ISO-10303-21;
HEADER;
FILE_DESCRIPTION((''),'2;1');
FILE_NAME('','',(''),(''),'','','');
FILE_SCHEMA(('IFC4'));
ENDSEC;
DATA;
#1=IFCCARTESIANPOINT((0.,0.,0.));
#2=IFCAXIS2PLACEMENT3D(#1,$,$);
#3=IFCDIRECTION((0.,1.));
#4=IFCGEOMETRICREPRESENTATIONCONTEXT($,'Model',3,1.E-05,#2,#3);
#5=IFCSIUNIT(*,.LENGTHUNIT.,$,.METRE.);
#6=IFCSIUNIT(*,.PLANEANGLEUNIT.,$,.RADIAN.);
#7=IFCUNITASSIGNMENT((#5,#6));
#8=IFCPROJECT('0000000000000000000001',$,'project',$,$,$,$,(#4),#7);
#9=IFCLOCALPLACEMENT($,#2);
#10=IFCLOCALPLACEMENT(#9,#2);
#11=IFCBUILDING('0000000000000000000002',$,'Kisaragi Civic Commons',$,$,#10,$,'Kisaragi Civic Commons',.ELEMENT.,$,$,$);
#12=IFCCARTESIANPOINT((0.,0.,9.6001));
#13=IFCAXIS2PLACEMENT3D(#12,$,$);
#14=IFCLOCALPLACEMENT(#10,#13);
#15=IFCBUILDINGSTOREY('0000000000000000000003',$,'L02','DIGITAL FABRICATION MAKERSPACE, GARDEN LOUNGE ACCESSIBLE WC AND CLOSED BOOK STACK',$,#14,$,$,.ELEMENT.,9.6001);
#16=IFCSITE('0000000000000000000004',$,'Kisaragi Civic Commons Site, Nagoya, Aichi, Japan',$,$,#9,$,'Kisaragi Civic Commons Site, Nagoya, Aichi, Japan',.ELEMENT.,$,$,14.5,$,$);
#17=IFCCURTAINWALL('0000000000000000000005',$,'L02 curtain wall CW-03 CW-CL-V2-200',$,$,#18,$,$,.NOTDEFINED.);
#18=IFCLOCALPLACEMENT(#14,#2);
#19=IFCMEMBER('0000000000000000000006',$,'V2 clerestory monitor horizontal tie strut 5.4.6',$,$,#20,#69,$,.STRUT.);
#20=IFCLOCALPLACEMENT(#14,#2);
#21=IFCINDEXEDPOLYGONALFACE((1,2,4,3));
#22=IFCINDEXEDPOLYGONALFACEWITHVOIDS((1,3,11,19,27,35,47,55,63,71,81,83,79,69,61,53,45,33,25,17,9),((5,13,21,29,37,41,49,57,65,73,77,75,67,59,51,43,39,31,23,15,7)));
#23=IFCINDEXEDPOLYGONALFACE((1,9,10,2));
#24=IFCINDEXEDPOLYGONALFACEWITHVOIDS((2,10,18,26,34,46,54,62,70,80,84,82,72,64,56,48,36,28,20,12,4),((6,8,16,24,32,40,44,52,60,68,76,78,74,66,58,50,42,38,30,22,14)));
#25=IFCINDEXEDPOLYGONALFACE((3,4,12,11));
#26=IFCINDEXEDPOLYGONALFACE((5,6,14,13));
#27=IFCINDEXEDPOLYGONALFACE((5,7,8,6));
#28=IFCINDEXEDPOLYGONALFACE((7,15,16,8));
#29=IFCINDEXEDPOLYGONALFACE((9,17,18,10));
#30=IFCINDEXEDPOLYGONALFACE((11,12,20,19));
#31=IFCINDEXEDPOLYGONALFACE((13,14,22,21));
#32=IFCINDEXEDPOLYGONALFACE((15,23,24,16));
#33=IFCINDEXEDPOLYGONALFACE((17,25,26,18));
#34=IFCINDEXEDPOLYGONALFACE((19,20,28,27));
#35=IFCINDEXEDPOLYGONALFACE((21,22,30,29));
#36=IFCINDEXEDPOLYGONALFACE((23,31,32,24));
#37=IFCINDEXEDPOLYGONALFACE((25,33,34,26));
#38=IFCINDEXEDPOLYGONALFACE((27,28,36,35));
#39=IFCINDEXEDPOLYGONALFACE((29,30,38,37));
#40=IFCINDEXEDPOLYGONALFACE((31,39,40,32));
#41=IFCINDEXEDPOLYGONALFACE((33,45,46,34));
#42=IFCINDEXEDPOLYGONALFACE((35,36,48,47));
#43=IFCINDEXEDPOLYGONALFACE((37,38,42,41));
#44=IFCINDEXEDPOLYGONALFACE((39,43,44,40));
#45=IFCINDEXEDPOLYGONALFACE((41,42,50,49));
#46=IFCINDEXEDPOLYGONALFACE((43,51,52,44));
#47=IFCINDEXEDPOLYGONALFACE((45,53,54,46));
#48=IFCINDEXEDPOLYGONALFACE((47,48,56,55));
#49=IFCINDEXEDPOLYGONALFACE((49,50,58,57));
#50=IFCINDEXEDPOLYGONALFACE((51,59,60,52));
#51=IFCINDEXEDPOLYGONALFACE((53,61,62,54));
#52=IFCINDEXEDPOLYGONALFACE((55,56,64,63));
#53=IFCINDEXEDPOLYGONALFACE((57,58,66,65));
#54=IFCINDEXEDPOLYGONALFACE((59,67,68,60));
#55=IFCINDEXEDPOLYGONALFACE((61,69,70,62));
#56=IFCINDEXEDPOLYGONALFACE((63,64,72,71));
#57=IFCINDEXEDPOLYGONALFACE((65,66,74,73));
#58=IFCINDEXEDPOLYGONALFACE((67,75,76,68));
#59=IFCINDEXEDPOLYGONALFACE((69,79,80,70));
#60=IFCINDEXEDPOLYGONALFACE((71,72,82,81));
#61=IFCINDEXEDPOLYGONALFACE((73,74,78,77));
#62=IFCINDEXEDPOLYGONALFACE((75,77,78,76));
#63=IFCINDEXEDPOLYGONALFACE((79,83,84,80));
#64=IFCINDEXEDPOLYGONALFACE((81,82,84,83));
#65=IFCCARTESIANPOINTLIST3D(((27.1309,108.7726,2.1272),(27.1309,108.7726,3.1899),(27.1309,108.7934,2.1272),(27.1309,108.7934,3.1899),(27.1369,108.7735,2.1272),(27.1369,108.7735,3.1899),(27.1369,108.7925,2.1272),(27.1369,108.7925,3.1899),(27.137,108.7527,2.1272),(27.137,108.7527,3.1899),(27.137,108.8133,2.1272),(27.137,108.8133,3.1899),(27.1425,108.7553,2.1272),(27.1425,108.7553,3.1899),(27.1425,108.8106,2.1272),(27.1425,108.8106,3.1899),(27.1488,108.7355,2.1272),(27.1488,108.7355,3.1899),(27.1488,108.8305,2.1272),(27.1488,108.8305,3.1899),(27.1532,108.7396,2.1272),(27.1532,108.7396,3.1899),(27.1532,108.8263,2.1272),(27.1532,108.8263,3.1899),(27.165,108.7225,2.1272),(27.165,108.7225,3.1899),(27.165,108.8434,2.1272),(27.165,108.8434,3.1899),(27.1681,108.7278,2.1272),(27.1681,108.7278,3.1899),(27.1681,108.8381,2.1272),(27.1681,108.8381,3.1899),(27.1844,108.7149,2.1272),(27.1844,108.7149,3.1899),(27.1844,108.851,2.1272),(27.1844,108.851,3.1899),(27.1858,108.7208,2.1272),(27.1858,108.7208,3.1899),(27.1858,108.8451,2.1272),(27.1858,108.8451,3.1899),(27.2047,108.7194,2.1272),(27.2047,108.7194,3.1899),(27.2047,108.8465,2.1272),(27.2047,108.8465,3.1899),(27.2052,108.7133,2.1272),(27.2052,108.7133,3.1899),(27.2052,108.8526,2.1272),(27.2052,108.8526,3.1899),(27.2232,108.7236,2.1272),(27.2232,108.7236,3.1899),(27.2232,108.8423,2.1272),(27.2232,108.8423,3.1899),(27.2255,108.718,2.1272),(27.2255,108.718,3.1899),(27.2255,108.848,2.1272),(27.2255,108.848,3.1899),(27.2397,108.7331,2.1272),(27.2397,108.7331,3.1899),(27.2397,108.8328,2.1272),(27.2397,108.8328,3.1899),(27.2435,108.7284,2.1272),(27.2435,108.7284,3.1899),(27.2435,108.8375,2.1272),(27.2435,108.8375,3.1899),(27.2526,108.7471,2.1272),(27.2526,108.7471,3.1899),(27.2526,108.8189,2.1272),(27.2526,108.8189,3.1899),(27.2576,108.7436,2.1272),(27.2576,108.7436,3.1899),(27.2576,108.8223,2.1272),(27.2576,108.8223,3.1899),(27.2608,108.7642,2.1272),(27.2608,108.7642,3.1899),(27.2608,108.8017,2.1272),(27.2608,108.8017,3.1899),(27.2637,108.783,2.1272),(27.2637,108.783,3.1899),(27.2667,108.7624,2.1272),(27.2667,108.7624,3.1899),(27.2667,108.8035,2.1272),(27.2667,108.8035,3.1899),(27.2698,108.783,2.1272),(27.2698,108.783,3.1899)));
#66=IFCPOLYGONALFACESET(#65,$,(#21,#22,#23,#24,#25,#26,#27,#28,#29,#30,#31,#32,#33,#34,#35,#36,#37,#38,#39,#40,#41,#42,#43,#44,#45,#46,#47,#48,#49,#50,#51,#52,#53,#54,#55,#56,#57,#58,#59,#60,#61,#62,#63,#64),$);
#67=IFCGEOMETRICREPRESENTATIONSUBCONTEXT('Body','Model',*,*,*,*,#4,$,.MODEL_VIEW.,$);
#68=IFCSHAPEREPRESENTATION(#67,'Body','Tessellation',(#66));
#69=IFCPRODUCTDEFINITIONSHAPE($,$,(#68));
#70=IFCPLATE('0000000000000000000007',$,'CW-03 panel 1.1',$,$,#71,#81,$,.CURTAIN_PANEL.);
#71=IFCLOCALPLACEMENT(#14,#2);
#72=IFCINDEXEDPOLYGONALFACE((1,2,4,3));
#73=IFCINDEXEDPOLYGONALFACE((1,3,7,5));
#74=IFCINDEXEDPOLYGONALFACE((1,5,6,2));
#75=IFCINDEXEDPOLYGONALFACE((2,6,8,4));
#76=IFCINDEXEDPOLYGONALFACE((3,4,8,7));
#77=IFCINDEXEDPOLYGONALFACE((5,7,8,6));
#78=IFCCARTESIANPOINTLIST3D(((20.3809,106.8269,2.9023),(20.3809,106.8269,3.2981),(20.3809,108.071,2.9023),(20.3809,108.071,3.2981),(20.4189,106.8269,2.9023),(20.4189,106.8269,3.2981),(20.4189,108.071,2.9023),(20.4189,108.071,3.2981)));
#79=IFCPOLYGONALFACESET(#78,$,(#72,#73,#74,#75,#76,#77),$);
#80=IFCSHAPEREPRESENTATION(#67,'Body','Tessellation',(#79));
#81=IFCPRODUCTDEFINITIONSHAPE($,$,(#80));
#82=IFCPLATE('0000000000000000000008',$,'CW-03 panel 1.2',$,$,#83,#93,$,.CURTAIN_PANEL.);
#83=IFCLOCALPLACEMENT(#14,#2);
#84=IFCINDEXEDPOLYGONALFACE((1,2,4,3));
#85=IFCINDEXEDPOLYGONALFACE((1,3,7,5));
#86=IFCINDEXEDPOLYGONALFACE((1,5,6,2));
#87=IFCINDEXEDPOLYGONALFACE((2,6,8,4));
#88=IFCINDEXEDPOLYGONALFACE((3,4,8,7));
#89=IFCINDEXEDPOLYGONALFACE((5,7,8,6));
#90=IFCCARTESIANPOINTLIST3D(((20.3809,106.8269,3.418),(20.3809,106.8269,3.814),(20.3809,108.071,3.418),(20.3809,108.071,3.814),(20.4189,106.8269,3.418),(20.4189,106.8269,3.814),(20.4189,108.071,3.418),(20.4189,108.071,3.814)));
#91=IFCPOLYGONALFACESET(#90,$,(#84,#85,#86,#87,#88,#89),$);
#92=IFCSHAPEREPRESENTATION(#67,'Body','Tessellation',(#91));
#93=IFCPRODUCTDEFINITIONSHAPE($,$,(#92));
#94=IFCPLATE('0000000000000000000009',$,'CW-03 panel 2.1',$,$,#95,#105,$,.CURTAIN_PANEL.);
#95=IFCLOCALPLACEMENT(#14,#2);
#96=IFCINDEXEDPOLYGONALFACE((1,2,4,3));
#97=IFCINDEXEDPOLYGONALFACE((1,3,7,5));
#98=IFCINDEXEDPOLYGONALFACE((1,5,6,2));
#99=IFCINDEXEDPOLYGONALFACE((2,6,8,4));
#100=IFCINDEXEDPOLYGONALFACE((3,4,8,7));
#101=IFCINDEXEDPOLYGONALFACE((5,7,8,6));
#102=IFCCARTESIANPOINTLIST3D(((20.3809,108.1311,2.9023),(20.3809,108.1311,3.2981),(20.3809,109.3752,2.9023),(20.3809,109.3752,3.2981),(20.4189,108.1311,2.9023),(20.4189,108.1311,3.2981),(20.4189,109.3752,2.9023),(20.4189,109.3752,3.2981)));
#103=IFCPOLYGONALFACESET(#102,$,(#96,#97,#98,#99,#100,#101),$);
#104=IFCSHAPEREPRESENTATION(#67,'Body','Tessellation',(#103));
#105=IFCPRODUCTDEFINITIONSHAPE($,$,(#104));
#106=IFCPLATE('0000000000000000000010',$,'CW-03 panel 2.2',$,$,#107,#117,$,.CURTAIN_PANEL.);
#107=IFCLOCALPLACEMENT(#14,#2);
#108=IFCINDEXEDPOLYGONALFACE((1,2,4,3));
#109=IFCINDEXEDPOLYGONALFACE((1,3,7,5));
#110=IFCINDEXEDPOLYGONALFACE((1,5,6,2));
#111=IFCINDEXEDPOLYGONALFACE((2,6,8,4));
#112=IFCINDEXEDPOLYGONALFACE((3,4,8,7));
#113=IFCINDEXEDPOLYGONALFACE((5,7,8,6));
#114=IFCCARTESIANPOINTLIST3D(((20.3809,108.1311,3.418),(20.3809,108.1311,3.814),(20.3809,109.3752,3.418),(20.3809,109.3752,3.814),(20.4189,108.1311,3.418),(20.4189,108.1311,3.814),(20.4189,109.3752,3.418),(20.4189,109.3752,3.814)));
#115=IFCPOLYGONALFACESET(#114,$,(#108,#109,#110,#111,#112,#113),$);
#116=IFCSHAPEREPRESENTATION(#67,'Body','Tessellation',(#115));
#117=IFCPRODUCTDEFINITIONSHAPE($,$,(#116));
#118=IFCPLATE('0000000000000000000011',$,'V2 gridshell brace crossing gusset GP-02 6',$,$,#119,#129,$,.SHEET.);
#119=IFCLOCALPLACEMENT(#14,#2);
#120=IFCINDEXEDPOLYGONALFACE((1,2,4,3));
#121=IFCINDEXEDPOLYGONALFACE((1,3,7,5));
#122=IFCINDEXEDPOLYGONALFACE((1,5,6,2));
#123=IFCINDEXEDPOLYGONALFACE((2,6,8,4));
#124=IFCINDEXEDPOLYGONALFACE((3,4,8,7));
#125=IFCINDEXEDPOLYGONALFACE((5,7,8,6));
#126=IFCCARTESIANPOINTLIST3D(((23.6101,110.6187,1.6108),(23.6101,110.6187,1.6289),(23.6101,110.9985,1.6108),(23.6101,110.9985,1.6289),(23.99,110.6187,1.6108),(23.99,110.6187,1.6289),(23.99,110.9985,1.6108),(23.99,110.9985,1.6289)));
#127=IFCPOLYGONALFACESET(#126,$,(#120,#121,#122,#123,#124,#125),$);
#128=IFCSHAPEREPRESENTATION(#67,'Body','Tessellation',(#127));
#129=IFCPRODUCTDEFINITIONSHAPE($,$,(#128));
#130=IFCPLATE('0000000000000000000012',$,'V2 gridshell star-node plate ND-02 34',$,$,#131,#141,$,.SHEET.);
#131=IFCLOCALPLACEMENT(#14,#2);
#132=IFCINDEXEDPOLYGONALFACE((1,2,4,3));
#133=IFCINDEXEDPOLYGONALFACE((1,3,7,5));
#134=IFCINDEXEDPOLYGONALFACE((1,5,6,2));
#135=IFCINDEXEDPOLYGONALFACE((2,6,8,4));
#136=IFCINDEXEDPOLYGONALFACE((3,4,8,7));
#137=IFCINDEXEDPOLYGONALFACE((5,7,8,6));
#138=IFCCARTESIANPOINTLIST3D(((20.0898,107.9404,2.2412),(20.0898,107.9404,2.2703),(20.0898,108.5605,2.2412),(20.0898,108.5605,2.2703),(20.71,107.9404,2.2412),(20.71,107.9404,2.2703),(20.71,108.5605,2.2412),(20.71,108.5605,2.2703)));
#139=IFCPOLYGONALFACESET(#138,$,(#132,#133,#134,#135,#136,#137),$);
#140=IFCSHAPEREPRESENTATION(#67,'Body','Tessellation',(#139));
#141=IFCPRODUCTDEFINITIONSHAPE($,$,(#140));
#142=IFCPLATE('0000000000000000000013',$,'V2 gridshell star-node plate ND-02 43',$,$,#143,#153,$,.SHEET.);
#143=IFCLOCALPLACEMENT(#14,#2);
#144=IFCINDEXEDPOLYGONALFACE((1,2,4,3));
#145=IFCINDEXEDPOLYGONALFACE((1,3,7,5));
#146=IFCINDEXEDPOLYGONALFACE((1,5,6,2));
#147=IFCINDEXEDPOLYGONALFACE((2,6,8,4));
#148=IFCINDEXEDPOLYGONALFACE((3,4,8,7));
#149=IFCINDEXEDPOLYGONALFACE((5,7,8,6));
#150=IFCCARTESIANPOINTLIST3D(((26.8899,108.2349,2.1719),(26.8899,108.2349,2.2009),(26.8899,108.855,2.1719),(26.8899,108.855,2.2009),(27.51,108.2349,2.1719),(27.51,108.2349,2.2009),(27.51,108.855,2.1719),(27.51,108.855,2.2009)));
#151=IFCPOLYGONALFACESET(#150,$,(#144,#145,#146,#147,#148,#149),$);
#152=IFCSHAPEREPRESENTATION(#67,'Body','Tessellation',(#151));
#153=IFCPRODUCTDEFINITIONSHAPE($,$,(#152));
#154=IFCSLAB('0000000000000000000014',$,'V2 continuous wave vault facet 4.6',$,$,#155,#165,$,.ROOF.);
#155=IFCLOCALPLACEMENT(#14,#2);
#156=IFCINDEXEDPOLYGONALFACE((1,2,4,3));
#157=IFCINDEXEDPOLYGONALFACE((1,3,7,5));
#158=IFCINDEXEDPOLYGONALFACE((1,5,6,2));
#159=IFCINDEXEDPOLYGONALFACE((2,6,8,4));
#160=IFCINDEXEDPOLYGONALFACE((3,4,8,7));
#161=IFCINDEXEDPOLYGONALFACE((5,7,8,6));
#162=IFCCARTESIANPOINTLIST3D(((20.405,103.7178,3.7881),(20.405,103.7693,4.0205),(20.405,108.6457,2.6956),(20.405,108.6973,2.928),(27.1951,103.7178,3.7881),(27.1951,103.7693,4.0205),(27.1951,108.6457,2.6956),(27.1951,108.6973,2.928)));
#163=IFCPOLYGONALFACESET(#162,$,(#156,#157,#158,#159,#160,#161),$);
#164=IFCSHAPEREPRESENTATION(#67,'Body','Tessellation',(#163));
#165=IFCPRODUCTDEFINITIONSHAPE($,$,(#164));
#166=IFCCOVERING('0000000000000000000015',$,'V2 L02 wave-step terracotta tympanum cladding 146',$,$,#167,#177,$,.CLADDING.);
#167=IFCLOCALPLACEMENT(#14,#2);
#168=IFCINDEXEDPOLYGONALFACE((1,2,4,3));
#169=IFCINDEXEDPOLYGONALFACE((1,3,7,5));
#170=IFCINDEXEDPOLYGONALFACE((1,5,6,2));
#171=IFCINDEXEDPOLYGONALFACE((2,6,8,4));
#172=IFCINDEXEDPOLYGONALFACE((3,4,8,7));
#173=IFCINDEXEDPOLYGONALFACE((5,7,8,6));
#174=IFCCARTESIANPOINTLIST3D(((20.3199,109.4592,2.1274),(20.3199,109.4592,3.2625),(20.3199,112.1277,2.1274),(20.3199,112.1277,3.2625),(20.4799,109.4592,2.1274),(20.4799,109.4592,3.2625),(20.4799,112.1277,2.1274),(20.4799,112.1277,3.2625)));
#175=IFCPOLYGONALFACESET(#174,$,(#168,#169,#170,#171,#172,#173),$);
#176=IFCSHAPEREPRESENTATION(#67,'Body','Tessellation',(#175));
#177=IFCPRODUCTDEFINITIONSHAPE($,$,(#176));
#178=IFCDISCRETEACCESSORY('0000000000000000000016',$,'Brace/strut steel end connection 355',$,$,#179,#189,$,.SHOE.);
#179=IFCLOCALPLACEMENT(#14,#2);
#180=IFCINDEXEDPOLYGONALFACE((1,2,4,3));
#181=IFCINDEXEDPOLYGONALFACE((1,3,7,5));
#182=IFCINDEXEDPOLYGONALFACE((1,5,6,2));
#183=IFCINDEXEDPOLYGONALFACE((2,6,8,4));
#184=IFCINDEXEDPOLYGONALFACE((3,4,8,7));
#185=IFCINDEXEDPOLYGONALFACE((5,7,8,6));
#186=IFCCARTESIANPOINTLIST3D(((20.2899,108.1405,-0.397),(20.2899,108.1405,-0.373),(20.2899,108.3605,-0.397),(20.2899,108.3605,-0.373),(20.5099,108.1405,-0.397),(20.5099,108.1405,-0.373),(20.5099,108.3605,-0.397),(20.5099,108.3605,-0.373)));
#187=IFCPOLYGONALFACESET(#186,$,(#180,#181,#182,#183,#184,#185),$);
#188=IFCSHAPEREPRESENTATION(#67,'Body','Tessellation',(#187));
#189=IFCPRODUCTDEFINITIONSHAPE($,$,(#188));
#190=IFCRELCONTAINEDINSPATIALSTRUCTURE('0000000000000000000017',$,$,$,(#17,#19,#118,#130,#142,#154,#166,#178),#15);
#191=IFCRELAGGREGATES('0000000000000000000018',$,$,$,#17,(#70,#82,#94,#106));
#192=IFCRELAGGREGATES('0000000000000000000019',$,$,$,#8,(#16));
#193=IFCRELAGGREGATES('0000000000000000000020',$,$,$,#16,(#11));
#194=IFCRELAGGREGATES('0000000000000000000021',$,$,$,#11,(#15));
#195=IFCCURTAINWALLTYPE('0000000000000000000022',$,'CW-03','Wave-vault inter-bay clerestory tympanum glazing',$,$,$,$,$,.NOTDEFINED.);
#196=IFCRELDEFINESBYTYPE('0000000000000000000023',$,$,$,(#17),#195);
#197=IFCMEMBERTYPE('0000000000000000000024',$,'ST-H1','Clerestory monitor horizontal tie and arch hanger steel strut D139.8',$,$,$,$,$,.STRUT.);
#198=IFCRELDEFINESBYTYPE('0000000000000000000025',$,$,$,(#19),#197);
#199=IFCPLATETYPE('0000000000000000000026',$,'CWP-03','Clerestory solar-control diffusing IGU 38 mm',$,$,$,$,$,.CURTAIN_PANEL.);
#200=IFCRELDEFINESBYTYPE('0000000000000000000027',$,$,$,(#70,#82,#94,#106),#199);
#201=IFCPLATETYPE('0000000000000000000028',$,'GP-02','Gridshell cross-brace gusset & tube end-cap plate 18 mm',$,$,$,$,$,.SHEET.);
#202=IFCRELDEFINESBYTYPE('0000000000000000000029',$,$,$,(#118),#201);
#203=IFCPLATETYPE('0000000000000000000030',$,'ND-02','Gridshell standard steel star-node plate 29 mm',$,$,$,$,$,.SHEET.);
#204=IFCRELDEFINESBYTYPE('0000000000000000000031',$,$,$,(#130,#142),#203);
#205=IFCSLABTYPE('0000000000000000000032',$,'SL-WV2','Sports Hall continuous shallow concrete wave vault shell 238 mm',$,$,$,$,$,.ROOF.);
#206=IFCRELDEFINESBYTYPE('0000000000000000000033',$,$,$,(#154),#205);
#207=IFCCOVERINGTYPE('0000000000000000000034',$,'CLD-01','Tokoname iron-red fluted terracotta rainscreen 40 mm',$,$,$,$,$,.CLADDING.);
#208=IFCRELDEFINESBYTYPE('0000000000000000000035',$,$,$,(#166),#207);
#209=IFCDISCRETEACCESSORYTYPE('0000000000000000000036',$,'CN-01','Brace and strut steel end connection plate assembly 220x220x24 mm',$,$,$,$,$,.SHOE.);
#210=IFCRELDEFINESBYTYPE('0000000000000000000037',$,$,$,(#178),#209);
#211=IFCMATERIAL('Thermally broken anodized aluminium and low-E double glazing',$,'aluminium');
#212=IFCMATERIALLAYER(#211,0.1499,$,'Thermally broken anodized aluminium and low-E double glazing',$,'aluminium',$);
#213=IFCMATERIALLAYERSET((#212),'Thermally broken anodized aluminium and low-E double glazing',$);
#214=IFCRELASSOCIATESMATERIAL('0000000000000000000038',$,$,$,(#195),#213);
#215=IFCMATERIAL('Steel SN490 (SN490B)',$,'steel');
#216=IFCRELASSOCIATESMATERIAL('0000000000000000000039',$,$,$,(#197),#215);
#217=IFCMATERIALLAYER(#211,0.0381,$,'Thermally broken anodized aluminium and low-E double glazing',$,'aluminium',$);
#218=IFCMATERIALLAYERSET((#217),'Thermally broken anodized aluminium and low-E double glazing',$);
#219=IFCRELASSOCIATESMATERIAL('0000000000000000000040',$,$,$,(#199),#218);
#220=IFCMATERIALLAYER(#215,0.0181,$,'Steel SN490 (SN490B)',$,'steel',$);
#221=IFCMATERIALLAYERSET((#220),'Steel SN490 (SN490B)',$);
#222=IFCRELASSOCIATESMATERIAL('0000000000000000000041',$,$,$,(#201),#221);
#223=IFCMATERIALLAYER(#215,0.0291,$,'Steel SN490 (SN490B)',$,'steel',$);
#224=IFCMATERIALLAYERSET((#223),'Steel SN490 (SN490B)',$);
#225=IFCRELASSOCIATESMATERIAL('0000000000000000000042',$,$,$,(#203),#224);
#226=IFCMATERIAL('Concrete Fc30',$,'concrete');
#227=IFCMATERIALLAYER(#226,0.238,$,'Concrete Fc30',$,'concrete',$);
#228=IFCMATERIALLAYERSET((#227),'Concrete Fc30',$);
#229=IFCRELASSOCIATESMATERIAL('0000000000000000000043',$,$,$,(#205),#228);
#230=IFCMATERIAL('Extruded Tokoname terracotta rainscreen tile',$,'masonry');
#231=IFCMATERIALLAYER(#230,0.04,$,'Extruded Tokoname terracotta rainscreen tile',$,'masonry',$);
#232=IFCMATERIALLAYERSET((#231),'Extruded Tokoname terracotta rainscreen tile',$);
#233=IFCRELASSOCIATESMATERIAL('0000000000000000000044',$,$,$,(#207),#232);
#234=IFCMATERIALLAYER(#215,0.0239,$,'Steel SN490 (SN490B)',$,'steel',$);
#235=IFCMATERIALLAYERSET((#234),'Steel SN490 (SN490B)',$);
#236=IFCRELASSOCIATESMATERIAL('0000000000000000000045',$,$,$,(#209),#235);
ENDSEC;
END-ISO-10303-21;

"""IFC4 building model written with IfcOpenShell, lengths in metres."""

from ifc_helpers import new_model, si_unit, direction, frame, origin, origin_2d, place, context, subcontext, project, spatial, polyline, rectangle, hollow_circle, outline, extrude, material, layer, layer_set, material_profile, profile_set, type_object, element, aggregate, save


model = new_model("IFC4")

# Units and contexts
model_context = context("Model", 3, precision=1e-05, world=origin(), true_north=direction((0.0, 1.0)))
body_context = subcontext(model_context, "Body", "Model", "MODEL_VIEW")
ifc_project = project(units=[si_unit("LENGTHUNIT", "METRE"), si_unit("PLANEANGLEUNIT", "RADIAN")], contexts=[model_context])

# Site, building, storey
site_placement = place(None, origin())
site = spatial("IfcSite", under=ifc_project, at=site_placement, Name="Kisaragi Civic Commons Site, Nagoya, Aichi, Japan", LongName="Kisaragi Civic Commons Site, Nagoya, Aichi, Japan", CompositionType="ELEMENT", RefElevation=14.5)
building_placement = place(site_placement, origin())
building = spatial("IfcBuilding", under=site, at=building_placement, Name="Kisaragi Civic Commons", LongName="Kisaragi Civic Commons", CompositionType="ELEMENT")
storey_placement = place(building_placement, frame((0.0, 0.0, 9.6001)))
storey = spatial("IfcBuildingStorey", under=building, at=storey_placement, Name="L02", Description="DIGITAL FABRICATION MAKERSPACE, GARDEN LOUNGE ACCESSIBLE WC AND CLOSED BOOK STACK", CompositionType="ELEMENT", Elevation=9.6001)

# Curtain wall
ifc_material_1 = material(Name="Thermally broken anodized aluminium and low-E double glazing", Category="aluminium")
ifc_layer_1 = layer(ifc_material_1, 0.1499, Name="Thermally broken anodized aluminium and low-E double glazing", Category="aluminium")
ifc_layer_set_1 = layer_set([ifc_layer_1], Name="Thermally broken anodized aluminium and low-E double glazing")
curtain_wall_type = type_object("IfcCurtainWallType", Name="CW-03", Description="Wave-vault inter-bay clerestory tympanum glazing", PredefinedType="NOTDEFINED", material=ifc_layer_set_1)
curtain_wall_placement = place(storey_placement, origin())
curtain_wall = element("IfcCurtainWall", 1, at=curtain_wall_placement, inside=storey, type_object=curtain_wall_type, Name="L02 curtain wall CW-03 CW-CL-V2-200", PredefinedType="NOTDEFINED")

# Member
ifc_material_2 = material(Name="Steel SN490 (SN490B)", Category="steel")
ifc_material_profile_1 = material_profile(ifc_material_2, hollow_circle(Radius=0.0698, WallThickness=0.0061, at=origin_2d()), Name="CHS-139.8x6.0", Category="steel")
ifc_profile_set_1 = profile_set([ifc_material_profile_1], Name="Steel SN490 (SN490B)")
member_type_1 = type_object("IfcMemberType", Name="ST-H1", Description="Clerestory monitor horizontal tie and arch hanger steel strut D139.8", PredefinedType="STRUT", material=ifc_profile_set_1)
member_1_placement = place(storey_placement, frame((27.2, 108.783, 2.1272), z_axis=(0.0, 0.0, 1.0), x_axis=(1.0, 0.0, 0.0)))
element("IfcMember", 2, at=member_1_placement, inside=storey, type_object=member_type_1, Name="V2 clerestory monitor horizontal tie strut 5.4.6", PredefinedType="STRUT", context=body_context, shape_type="SweptSolid", body=[
    extrude(hollow_circle(Radius=0.0698, WallThickness=0.0061, at=origin_2d()), origin(), (0.0, 0.0, 1.0), 1.0627),
])

# Plates
ifc_layer_2 = layer(ifc_material_1, 0.0381, Name="Thermally broken anodized aluminium and low-E double glazing", Category="aluminium")
ifc_layer_set_2 = layer_set([ifc_layer_2], Name="Thermally broken anodized aluminium and low-E double glazing")
plate_type_1 = type_object("IfcPlateType", Name="CWP-03", Description="Clerestory solar-control diffusing IGU 38 mm", PredefinedType="CURTAIN_PANEL", material=ifc_layer_set_2)
plate_1_placement = place(storey_placement, frame((20.3999, 107.449, 2.9023), z_axis=(0.0, 0.0, 1.0), x_axis=(0.0, 1.0, 0.0)))
plate_1 = element("IfcPlate", 3, at=plate_1_placement, type_object=plate_type_1, Name="CW-03 panel 1.1", PredefinedType="CURTAIN_PANEL", context=body_context, shape_type="SweptSolid", body=[
    extrude(rectangle(XDim=1.2441, YDim=0.0381, at=origin_2d()), origin(), (0.0, 0.0, 1.0), 0.3958),
])
plate_2_placement = place(storey_placement, frame((20.3999, 107.449, 3.418), z_axis=(0.0, 0.0, 1.0), x_axis=(0.0, 1.0, 0.0)))
plate_2 = element("IfcPlate", 4, at=plate_2_placement, type_object=plate_type_1, Name="CW-03 panel 1.2", PredefinedType="CURTAIN_PANEL", context=body_context, shape_type="SweptSolid", body=[
    extrude(rectangle(XDim=1.2441, YDim=0.0381, at=origin_2d()), origin(), (0.0, 0.0, 1.0), 0.396),
])
plate_3_placement = place(storey_placement, frame((20.3999, 108.7532, 2.9023), z_axis=(0.0, 0.0, 1.0), x_axis=(0.0, 1.0, 0.0)))
plate_3 = element("IfcPlate", 5, at=plate_3_placement, type_object=plate_type_1, Name="CW-03 panel 2.1", PredefinedType="CURTAIN_PANEL", context=body_context, shape_type="SweptSolid", body=[
    extrude(rectangle(XDim=1.2441, YDim=0.0381, at=origin_2d()), origin(), (0.0, 0.0, 1.0), 0.3958),
])
plate_4_placement = place(storey_placement, frame((20.3999, 108.7532, 3.418), z_axis=(0.0, 0.0, 1.0), x_axis=(0.0, 1.0, 0.0)))
plate_4 = element("IfcPlate", 6, at=plate_4_placement, type_object=plate_type_1, Name="CW-03 panel 2.2", PredefinedType="CURTAIN_PANEL", context=body_context, shape_type="SweptSolid", body=[
    extrude(rectangle(XDim=1.2441, YDim=0.0381, at=origin_2d()), origin(), (0.0, 0.0, 1.0), 0.396),
])
aggregate(curtain_wall, [plate_1, plate_2, plate_3, plate_4])

# Plates
ifc_layer_3 = layer(ifc_material_2, 0.0181, Name="Steel SN490 (SN490B)", Category="steel")
ifc_layer_set_3 = layer_set([ifc_layer_3], Name="Steel SN490 (SN490B)")
plate_type_2 = type_object("IfcPlateType", Name="GP-02", Description="Gridshell cross-brace gusset & tube end-cap plate 18 mm", PredefinedType="SHEET", material=ifc_layer_set_3)
plate_5_placement = place(storey_placement, frame((23.8, 110.8086, 1.6108), z_axis=(0.0, 0.0, 1.0), x_axis=(1.0, 0.0, 0.0)))
element("IfcPlate", 7, at=plate_5_placement, inside=storey, type_object=plate_type_2, Name="V2 gridshell brace crossing gusset GP-02 6", PredefinedType="SHEET", context=body_context, shape_type="SweptSolid", body=[
    extrude(rectangle(XDim=0.3799, YDim=0.3799, at=origin_2d()), origin(), (0.0, 0.0, 1.0), 0.0181),
])
ifc_layer_4 = layer(ifc_material_2, 0.0291, Name="Steel SN490 (SN490B)", Category="steel")
ifc_layer_set_4 = layer_set([ifc_layer_4], Name="Steel SN490 (SN490B)")
plate_type_3 = type_object("IfcPlateType", Name="ND-02", Description="Gridshell standard steel star-node plate 29 mm", PredefinedType="SHEET", material=ifc_layer_set_4)
for number, where, z_axis, x_axis, name in (
    (8, (20.3999, 108.2505, 2.2412), (0.0, 0.0, 1.0), (1.0, 0.0, 0.0), "V2 gridshell star-node plate ND-02 34"),
    (9, (27.2, 108.5449, 2.1719), (0.0, 0.0, 1.0), (1.0, 0.0, 0.0), "V2 gridshell star-node plate ND-02 43"),
):
    element("IfcPlate", number, at=place(storey_placement, frame(where, z_axis=z_axis, x_axis=x_axis)), inside=storey, type_object=plate_type_3, Name=name, PredefinedType="SHEET", context=body_context, shape_type="SweptSolid", body=[
        extrude(rectangle(XDim=0.6201, YDim=0.6201, at=origin_2d()), origin(), (0.0, 0.0, 1.0), 0.0291),
    ])

# Slab
ifc_material_3 = material(Name="Concrete Fc30", Category="concrete")
ifc_layer_5 = layer(ifc_material_3, 0.238, Name="Concrete Fc30", Category="concrete")
ifc_layer_set_5 = layer_set([ifc_layer_5], Name="Concrete Fc30")
slab_type = type_object("IfcSlabType", Name="SL-WV2", Description="Sports Hall continuous shallow concrete wave vault shell 238 mm", PredefinedType="ROOF", material=ifc_layer_set_5)
slab_placement = place(storey_placement, frame((27.1951, 108.6973, 2.928), z_axis=(0.0, 0.216444, 0.976295), x_axis=(-1.0, 0.0, 0.0)))
element("IfcSlab", 10, at=slab_placement, inside=storey, type_object=slab_type, Name="V2 continuous wave vault facet 4.6", PredefinedType="ROOF", context=body_context, shape_type="SweptSolid", body=[
    extrude(outline(polyline([(0.0, 0.0), (6.79, 0.0), (6.79, 5.0476), (0.0, 5.0476), (0.0, 0.0)])), origin(), (0.0, 0.0, -1.0), 0.238),
])

# Covering
ifc_material_4 = material(Name="Extruded Tokoname terracotta rainscreen tile", Category="masonry")
ifc_layer_6 = layer(ifc_material_4, 0.04, Name="Extruded Tokoname terracotta rainscreen tile", Category="masonry")
ifc_layer_set_6 = layer_set([ifc_layer_6], Name="Extruded Tokoname terracotta rainscreen tile")
covering_type = type_object("IfcCoveringType", Name="CLD-01", Description="Tokoname iron-red fluted terracotta rainscreen 40 mm", PredefinedType="CLADDING", material=ifc_layer_set_6)
covering_placement = place(storey_placement, frame((20.3999, 110.7935, 2.1274), z_axis=(0.0, 0.0, 1.0), x_axis=(0.0, 1.0, 0.0)))
element("IfcCovering", 11, at=covering_placement, inside=storey, type_object=covering_type, Name="V2 L02 wave-step terracotta tympanum cladding 146", PredefinedType="CLADDING", context=body_context, shape_type="SweptSolid", body=[
    extrude(rectangle(XDim=2.6685, YDim=0.1599, at=origin_2d()), origin(), (0.0, 0.0, 1.0), 1.135),
])

# Discrete accessory
ifc_layer_7 = layer(ifc_material_2, 0.0239, Name="Steel SN490 (SN490B)", Category="steel")
ifc_layer_set_7 = layer_set([ifc_layer_7], Name="Steel SN490 (SN490B)")
discrete_accessory_type = type_object("IfcDiscreteAccessoryType", Name="CN-01", Description="Brace and strut steel end connection plate assembly 220x220x24 mm", PredefinedType="SHOE", material=ifc_layer_set_7)
for number, where, z_axis, x_axis, name in (
    (12, (20.3999, 108.2505, -0.397), (0.0, 0.0, 1.0), (1.0, 0.0, 0.0), "Brace/strut steel end connection 355"),
):
    element("IfcDiscreteAccessory", number, at=place(storey_placement, frame(where, z_axis=z_axis, x_axis=x_axis)), inside=storey, type_object=discrete_accessory_type, Name=name, PredefinedType="SHOE", context=body_context, shape_type="SweptSolid", body=[
        extrude(rectangle(XDim=0.22, YDim=0.22, at=origin_2d()), origin(), (0.0, 0.0, 1.0), 0.0239),
    ])

save(model, "model.ifc")
